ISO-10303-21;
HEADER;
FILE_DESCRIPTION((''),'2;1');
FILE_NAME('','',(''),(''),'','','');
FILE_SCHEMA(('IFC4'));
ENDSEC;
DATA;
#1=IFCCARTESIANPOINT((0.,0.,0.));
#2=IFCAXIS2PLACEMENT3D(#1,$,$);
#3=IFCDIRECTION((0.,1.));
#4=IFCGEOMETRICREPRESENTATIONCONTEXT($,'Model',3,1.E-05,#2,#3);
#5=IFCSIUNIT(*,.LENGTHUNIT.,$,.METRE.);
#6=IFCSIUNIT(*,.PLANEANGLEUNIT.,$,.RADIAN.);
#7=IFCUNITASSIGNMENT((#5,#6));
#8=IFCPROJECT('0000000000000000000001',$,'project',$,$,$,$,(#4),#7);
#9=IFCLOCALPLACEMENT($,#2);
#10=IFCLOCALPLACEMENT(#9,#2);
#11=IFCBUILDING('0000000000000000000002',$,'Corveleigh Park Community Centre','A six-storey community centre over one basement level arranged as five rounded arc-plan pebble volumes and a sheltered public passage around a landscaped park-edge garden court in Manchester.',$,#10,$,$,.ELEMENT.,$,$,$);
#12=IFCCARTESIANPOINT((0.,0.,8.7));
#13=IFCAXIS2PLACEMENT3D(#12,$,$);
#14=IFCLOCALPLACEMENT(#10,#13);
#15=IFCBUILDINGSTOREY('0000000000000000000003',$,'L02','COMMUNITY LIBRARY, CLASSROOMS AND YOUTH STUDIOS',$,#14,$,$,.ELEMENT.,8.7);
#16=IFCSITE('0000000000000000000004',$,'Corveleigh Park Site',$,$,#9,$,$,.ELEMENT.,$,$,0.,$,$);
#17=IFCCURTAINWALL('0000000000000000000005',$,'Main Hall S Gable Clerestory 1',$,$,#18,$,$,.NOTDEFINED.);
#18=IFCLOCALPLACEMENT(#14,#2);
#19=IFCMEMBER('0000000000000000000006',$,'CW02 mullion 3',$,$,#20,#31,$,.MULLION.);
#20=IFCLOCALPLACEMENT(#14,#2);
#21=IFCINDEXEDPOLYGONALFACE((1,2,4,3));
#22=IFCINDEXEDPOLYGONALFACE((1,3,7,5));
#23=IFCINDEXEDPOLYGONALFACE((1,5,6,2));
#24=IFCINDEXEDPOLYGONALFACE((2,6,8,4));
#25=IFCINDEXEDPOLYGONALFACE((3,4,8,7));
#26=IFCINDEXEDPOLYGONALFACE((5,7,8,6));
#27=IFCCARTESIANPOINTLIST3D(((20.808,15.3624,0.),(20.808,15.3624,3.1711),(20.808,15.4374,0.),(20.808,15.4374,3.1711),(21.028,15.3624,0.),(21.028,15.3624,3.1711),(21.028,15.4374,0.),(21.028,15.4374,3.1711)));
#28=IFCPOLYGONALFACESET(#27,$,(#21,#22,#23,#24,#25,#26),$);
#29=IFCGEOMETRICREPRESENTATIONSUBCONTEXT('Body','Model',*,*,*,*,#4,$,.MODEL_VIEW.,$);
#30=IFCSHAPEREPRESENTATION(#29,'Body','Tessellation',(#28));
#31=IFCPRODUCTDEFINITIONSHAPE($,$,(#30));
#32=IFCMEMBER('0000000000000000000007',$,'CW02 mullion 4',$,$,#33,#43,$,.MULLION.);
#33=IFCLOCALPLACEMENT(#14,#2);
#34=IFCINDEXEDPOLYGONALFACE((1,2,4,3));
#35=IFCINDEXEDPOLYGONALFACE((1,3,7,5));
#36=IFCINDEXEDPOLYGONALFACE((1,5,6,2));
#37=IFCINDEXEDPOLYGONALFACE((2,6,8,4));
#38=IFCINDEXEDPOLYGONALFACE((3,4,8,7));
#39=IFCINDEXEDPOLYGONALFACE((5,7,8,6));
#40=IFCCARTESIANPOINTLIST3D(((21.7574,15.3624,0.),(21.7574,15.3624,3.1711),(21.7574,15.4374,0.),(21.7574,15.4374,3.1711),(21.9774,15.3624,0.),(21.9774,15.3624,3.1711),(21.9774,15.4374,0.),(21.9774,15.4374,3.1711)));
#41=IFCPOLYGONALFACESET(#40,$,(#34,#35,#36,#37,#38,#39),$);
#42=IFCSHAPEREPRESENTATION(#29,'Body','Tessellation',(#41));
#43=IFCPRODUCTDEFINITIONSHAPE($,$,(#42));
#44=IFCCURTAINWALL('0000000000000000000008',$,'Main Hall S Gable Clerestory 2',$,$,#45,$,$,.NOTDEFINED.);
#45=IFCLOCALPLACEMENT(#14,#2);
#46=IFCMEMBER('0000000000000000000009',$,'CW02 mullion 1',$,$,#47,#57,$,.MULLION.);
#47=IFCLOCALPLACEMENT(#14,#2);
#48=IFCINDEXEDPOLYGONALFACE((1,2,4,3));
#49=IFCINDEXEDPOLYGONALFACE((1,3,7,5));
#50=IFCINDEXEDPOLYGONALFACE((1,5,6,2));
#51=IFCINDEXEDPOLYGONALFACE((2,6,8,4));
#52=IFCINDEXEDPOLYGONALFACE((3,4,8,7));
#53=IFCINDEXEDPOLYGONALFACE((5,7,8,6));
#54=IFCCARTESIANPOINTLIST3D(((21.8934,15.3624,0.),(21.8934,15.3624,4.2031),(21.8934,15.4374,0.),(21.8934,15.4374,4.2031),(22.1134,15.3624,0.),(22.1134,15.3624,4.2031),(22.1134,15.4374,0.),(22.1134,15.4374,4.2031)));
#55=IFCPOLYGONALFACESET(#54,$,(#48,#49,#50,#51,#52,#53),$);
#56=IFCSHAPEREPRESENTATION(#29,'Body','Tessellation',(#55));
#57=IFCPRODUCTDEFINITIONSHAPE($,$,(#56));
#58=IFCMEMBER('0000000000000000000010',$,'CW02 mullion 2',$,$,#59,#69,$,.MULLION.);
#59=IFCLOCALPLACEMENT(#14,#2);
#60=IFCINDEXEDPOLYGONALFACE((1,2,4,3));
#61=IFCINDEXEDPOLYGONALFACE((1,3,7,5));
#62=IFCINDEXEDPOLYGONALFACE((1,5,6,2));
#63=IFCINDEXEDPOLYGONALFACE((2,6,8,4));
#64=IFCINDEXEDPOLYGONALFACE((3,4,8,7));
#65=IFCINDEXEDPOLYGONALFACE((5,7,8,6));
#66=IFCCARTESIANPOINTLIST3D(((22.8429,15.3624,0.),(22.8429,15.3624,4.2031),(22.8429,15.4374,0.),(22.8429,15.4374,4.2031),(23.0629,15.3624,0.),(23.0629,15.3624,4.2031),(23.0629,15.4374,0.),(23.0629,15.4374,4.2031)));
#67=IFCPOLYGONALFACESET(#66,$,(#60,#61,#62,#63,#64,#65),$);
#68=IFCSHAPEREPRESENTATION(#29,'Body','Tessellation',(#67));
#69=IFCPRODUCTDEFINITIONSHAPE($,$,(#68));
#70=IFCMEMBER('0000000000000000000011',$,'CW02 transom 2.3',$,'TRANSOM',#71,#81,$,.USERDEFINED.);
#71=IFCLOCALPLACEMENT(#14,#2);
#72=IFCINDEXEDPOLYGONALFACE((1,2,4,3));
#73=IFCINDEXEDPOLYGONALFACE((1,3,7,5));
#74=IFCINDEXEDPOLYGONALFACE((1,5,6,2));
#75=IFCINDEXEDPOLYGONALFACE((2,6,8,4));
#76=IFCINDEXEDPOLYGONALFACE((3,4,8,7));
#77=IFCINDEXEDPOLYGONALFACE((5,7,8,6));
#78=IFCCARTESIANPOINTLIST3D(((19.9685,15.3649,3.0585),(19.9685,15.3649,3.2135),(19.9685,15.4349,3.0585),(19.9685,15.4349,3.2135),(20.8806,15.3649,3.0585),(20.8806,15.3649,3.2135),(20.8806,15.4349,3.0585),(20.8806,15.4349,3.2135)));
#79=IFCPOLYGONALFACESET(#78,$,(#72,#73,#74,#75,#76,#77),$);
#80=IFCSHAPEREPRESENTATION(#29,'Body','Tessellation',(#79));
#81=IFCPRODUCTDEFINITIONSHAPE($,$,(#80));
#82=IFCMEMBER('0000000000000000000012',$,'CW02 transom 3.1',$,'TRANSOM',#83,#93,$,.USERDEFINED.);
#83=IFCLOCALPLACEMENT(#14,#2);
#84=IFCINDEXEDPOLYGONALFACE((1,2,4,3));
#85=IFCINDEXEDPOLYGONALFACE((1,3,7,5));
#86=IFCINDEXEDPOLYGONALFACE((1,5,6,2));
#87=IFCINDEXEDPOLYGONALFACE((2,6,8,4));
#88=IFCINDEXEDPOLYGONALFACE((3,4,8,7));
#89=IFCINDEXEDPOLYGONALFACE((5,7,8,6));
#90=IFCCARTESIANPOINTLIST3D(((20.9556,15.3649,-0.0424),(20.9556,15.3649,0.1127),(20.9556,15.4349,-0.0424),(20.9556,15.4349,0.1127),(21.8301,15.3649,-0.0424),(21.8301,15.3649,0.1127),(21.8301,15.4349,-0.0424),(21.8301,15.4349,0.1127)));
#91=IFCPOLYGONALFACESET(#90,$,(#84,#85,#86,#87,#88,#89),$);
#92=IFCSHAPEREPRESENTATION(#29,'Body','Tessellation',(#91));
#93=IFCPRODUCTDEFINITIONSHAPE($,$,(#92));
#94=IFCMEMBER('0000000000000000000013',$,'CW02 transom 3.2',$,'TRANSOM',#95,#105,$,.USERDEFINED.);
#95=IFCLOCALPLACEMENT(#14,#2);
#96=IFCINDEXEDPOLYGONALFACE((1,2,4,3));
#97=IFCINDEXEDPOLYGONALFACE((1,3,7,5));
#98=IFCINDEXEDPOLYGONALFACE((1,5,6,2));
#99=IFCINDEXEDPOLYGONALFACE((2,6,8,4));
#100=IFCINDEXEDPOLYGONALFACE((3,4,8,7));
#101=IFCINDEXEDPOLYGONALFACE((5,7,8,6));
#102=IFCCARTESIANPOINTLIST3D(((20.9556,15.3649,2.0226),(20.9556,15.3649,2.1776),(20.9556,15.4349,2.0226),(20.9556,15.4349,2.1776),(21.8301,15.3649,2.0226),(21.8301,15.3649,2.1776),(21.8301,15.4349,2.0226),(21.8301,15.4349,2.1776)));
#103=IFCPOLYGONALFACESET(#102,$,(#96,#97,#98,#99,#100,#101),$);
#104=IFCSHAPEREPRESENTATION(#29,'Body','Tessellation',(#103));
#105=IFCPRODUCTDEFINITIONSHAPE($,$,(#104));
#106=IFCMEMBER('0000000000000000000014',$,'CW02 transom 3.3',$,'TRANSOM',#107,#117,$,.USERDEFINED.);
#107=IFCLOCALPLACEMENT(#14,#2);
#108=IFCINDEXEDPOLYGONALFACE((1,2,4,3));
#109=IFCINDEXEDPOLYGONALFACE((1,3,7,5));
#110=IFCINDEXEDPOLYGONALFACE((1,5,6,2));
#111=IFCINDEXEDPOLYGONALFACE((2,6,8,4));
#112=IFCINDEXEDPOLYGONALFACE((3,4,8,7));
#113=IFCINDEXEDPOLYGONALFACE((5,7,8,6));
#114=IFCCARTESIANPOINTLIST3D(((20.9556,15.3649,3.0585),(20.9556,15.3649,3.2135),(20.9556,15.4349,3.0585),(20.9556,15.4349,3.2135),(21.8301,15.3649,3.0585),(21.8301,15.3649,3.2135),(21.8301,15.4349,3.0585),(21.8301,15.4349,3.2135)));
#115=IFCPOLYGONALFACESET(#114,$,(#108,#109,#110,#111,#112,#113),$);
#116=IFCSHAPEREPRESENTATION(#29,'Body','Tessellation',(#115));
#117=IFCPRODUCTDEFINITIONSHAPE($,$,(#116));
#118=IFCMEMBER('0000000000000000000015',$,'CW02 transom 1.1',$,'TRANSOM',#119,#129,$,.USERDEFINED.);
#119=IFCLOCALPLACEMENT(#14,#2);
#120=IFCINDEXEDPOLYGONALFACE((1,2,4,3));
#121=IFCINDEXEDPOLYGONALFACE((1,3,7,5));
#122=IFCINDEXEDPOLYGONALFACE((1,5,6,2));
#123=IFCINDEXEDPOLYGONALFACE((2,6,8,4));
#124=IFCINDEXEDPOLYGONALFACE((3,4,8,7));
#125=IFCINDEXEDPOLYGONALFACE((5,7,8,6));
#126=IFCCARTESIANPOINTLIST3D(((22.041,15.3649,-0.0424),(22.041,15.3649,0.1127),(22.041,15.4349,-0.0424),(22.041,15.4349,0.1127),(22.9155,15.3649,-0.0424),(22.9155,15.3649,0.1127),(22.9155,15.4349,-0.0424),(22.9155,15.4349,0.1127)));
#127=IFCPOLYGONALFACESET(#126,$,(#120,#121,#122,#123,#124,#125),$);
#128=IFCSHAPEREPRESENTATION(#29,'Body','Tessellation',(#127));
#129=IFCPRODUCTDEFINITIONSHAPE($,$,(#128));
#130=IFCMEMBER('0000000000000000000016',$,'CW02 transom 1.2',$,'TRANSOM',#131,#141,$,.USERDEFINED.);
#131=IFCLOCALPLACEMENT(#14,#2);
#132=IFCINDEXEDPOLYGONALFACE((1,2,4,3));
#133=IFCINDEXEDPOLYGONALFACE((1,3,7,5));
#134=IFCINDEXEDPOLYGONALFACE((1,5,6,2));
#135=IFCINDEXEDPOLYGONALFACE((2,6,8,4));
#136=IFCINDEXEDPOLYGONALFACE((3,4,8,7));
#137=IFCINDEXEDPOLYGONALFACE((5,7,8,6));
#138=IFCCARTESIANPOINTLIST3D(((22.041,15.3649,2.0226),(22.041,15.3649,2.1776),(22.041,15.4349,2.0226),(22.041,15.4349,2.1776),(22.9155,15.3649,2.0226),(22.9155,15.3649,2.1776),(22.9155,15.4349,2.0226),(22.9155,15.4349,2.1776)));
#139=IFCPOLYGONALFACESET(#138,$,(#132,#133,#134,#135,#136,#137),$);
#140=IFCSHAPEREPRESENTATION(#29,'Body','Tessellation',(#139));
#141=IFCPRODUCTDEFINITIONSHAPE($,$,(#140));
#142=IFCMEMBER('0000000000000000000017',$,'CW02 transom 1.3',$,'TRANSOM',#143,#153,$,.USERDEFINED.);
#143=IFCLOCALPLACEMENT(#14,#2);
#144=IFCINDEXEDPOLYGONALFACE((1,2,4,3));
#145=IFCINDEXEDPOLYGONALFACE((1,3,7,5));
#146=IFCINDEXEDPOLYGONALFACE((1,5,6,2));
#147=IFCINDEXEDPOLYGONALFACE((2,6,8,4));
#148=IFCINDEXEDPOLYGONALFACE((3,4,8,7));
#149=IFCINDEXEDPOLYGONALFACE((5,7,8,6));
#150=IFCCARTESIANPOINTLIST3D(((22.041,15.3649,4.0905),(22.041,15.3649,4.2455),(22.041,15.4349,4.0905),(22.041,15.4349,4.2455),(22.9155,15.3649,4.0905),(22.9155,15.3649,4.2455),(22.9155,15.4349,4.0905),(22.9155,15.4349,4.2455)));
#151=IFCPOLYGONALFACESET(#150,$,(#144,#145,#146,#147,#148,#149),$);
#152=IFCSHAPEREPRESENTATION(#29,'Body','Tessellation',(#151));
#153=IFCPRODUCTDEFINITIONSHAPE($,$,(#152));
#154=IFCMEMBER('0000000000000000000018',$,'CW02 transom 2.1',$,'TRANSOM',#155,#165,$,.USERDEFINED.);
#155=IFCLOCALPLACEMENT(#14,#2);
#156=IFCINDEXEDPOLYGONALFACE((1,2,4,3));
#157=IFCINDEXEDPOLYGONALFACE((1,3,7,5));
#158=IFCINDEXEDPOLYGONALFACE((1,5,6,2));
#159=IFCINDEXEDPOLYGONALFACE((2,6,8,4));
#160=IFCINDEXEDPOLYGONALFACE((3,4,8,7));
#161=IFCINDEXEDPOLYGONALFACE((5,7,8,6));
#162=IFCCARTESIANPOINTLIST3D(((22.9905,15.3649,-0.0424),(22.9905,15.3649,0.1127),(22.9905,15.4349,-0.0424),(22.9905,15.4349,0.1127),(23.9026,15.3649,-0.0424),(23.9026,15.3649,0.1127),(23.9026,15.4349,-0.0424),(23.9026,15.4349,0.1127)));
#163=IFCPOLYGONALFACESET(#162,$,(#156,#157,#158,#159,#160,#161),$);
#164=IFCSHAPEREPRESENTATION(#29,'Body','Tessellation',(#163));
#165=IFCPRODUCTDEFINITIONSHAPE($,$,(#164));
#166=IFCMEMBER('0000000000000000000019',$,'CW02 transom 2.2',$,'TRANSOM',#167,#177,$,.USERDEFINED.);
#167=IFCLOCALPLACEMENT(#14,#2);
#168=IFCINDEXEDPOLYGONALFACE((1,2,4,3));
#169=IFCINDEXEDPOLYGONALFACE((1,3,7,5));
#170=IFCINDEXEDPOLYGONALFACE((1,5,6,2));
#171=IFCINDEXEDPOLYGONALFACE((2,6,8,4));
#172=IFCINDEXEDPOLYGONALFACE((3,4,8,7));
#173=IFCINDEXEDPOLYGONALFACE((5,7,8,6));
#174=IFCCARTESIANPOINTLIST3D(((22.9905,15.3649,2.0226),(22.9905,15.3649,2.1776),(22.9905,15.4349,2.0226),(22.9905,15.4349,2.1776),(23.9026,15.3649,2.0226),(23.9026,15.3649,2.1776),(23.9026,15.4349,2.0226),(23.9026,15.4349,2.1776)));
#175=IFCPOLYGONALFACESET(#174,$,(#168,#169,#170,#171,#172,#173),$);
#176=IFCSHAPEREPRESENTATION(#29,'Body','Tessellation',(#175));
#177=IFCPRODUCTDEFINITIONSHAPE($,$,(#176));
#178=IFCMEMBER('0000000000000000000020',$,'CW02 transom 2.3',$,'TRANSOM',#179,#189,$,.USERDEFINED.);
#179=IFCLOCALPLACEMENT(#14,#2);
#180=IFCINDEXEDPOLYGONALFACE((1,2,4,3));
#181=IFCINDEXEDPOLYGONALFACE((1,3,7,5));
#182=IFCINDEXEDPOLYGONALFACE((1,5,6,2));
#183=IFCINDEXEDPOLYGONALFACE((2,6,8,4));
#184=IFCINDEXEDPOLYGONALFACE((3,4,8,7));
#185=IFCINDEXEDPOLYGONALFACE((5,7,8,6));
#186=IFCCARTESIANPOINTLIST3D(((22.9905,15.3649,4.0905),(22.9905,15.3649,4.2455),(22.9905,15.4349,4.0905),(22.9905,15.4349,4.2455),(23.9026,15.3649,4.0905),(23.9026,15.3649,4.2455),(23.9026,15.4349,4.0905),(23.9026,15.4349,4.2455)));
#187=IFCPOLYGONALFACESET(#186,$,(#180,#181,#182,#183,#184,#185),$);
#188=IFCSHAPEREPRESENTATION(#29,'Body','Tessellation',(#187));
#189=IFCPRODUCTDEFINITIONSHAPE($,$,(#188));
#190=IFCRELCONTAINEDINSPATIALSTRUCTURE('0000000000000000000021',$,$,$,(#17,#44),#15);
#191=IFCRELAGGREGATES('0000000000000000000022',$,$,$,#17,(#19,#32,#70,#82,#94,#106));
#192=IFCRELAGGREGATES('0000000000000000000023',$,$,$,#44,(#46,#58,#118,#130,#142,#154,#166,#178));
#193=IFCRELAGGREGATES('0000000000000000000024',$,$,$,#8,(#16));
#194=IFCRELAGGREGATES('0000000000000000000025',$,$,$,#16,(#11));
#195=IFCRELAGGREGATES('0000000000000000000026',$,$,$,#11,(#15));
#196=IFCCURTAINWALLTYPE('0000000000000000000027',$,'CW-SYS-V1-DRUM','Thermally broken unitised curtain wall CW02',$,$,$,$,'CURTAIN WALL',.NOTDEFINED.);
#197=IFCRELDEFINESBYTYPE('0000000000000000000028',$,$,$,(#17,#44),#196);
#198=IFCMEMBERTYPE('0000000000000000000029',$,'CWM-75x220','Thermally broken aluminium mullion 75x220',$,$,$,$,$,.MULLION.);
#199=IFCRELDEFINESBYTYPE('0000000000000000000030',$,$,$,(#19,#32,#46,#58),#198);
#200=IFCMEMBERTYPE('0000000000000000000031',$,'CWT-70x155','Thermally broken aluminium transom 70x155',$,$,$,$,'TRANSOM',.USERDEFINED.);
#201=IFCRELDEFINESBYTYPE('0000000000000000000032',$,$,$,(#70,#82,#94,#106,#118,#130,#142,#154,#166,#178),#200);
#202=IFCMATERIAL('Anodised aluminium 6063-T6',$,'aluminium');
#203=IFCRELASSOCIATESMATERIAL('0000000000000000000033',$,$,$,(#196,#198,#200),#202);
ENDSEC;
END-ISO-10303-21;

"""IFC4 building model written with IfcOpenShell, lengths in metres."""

from ifc_helpers import new_model, si_unit, direction, frame, origin, origin_2d, place, context, subcontext, project, spatial, rectangle, extrude, material, material_profile, profile_set, type_object, element, aggregate, save


model = new_model("IFC4")

# Units and contexts
model_context = context("Model", 3, precision=1e-05, world=origin(), true_north=direction((0.0, 1.0)))
body_context = subcontext(model_context, "Body", "Model", "MODEL_VIEW")
ifc_project = project(units=[si_unit("LENGTHUNIT", "METRE"), si_unit("PLANEANGLEUNIT", "RADIAN")], contexts=[model_context])

# Site, building, storey
site_placement = place(None, origin())
site = spatial("IfcSite", under=ifc_project, at=site_placement, Name="Corveleigh Park Site", CompositionType="ELEMENT", RefElevation=0.0)
building_placement = place(site_placement, origin())
building = spatial("IfcBuilding", under=site, at=building_placement, Name="Corveleigh Park Community Centre", Description="A six-storey community centre over one basement level arranged as five rounded arc-plan pebble volumes and a sheltered public passage around a landscaped park-edge garden court in Manchester.", CompositionType="ELEMENT")
storey_placement = place(building_placement, frame((0.0, 0.0, 8.7)))
storey = spatial("IfcBuildingStorey", under=building, at=storey_placement, Name="L02", Description="COMMUNITY LIBRARY, CLASSROOMS AND YOUTH STUDIOS", CompositionType="ELEMENT", Elevation=8.7)

# Curtain walls, members
ifc_material_1 = material(Name="Anodised aluminium 6063-T6", Category="aluminium")
curtain_wall_type = type_object("IfcCurtainWallType", Name="CW-SYS-V1-DRUM", Description="Thermally broken unitised curtain wall CW02", ElementType="CURTAIN WALL", PredefinedType="NOTDEFINED", material=ifc_material_1)
curtain_wall_1_placement = place(storey_placement, origin())
curtain_wall_1 = element("IfcCurtainWall", 1, at=curtain_wall_1_placement, inside=storey, type_object=curtain_wall_type, Name="Main Hall S Gable Clerestory 1", PredefinedType="NOTDEFINED")
ifc_material_profile_1 = material_profile(ifc_material_1, rectangle(XDim=0.075, YDim=0.22, at=origin_2d()), Name="ALU-M75x220", Category="aluminium")
ifc_profile_set_1 = profile_set([ifc_material_profile_1], Name="Anodised aluminium 6063-T6")
member_type_1 = type_object("IfcMemberType", Name="CWM-75x220", Description="Thermally broken aluminium mullion 75x220", PredefinedType="MULLION", material=ifc_profile_set_1)
member_1_placement = place(storey_placement, frame((20.918, 15.3999, 0.0), z_axis=(0.0, 0.0, 1.0), x_axis=(0.0, 1.0, 0.0)))
member_1 = element("IfcMember", 2, at=member_1_placement, type_object=member_type_1, Name="CW02 mullion 3", PredefinedType="MULLION", context=body_context, shape_type="SweptSolid", body=[
    extrude(rectangle(XDim=0.075, YDim=0.22, at=origin_2d()), origin(), (0.0, 0.0, 1.0), 3.1711),
])
member_2_placement = place(storey_placement, frame((21.8674, 15.3999, 0.0), z_axis=(0.0, 0.0, 1.0), x_axis=(0.0, 1.0, 0.0)))
member_2 = element("IfcMember", 3, at=member_2_placement, type_object=member_type_1, Name="CW02 mullion 4", PredefinedType="MULLION", context=body_context, shape_type="SweptSolid", body=[
    extrude(rectangle(XDim=0.075, YDim=0.22, at=origin_2d()), origin(), (0.0, 0.0, 1.0), 3.1711),
])
curtain_wall_2_placement = place(storey_placement, origin())
curtain_wall_2 = element("IfcCurtainWall", 4, at=curtain_wall_2_placement, inside=storey, type_object=curtain_wall_type, Name="Main Hall S Gable Clerestory 2", PredefinedType="NOTDEFINED")
member_3_placement = place(storey_placement, frame((22.0034, 15.3999, 0.0), z_axis=(0.0, 0.0, 1.0), x_axis=(0.0, 1.0, 0.0)))
member_3 = element("IfcMember", 5, at=member_3_placement, type_object=member_type_1, Name="CW02 mullion 1", PredefinedType="MULLION", context=body_context, shape_type="SweptSolid", body=[
    extrude(rectangle(XDim=0.075, YDim=0.22, at=origin_2d()), origin(), (0.0, 0.0, 1.0), 4.2031),
])
member_4_placement = place(storey_placement, frame((22.9529, 15.3999, 0.0), z_axis=(0.0, 0.0, 1.0), x_axis=(0.0, 1.0, 0.0)))
member_4 = element("IfcMember", 6, at=member_4_placement, type_object=member_type_1, Name="CW02 mullion 2", PredefinedType="MULLION", context=body_context, shape_type="SweptSolid", body=[
    extrude(rectangle(XDim=0.075, YDim=0.22, at=origin_2d()), origin(), (0.0, 0.0, 1.0), 4.2031),
])

# Members
ifc_material_profile_2 = material_profile(ifc_material_1, rectangle(XDim=0.0701, YDim=0.155, at=origin_2d()), Name="ALU-T70x155", Category="aluminium")
ifc_profile_set_2 = profile_set([ifc_material_profile_2], Name="Anodised aluminium 6063-T6")
member_type_2 = type_object("IfcMemberType", Name="CWT-70x155", Description="Thermally broken aluminium transom 70x155", ElementType="TRANSOM", PredefinedType="USERDEFINED", material=ifc_profile_set_2)
member_5_placement = place(storey_placement, frame((19.9685, 15.3999, 3.136), z_axis=(1.0, 0.0, 0.0), x_axis=(0.0, 1.0, 0.0)))
member_5 = element("IfcMember", 7, at=member_5_placement, type_object=member_type_2, Name="CW02 transom 2.3", ObjectType="TRANSOM", PredefinedType="USERDEFINED", context=body_context, shape_type="SweptSolid", body=[
    extrude(rectangle(XDim=0.0701, YDim=0.155, at=origin_2d()), origin(), (0.0, 0.0, 1.0), 0.9121),
])
member_6_placement = place(storey_placement, frame((20.9556, 15.3999, 0.0352), z_axis=(1.0, 0.0, 0.0), x_axis=(0.0, 1.0, 0.0)))
member_6 = element("IfcMember", 8, at=member_6_placement, type_object=member_type_2, Name="CW02 transom 3.1", ObjectType="TRANSOM", PredefinedType="USERDEFINED", context=body_context, shape_type="SweptSolid", body=[
    extrude(rectangle(XDim=0.0701, YDim=0.155, at=origin_2d()), origin(), (0.0, 0.0, 1.0), 0.8745),
])
member_7_placement = place(storey_placement, frame((20.9556, 15.3999, 2.1001), z_axis=(1.0, 0.0, 0.0), x_axis=(0.0, 1.0, 0.0)))
member_7 = element("IfcMember", 9, at=member_7_placement, type_object=member_type_2, Name="CW02 transom 3.2", ObjectType="TRANSOM", PredefinedType="USERDEFINED", context=body_context, shape_type="SweptSolid", body=[
    extrude(rectangle(XDim=0.0701, YDim=0.155, at=origin_2d()), origin(), (0.0, 0.0, 1.0), 0.8745),
])
member_8_placement = place(storey_placement, frame((20.9556, 15.3999, 3.136), z_axis=(1.0, 0.0, 0.0), x_axis=(0.0, 1.0, 0.0)))
member_8 = element("IfcMember", 10, at=member_8_placement, type_object=member_type_2, Name="CW02 transom 3.3", ObjectType="TRANSOM", PredefinedType="USERDEFINED", context=body_context, shape_type="SweptSolid", body=[
    extrude(rectangle(XDim=0.0701, YDim=0.155, at=origin_2d()), origin(), (0.0, 0.0, 1.0), 0.8745),
])
member_9_placement = place(storey_placement, frame((22.041, 15.3999, 0.0352), z_axis=(1.0, 0.0, 0.0), x_axis=(0.0, 1.0, 0.0)))
member_9 = element("IfcMember", 11, at=member_9_placement, type_object=member_type_2, Name="CW02 transom 1.1", ObjectType="TRANSOM", PredefinedType="USERDEFINED", context=body_context, shape_type="SweptSolid", body=[
    extrude(rectangle(XDim=0.0701, YDim=0.155, at=origin_2d()), origin(), (0.0, 0.0, 1.0), 0.8745),
])
member_10_placement = place(storey_placement, frame((22.041, 15.3999, 2.1001), z_axis=(1.0, 0.0, 0.0), x_axis=(0.0, 1.0, 0.0)))
member_10 = element("IfcMember", 12, at=member_10_placement, type_object=member_type_2, Name="CW02 transom 1.2", ObjectType="TRANSOM", PredefinedType="USERDEFINED", context=body_context, shape_type="SweptSolid", body=[
    extrude(rectangle(XDim=0.0701, YDim=0.155, at=origin_2d()), origin(), (0.0, 0.0, 1.0), 0.8745),
])
member_11_placement = place(storey_placement, frame((22.041, 15.3999, 4.168), z_axis=(1.0, 0.0, 0.0), x_axis=(0.0, 1.0, 0.0)))
member_11 = element("IfcMember", 13, at=member_11_placement, type_object=member_type_2, Name="CW02 transom 1.3", ObjectType="TRANSOM", PredefinedType="USERDEFINED", context=body_context, shape_type="SweptSolid", body=[
    extrude(rectangle(XDim=0.0701, YDim=0.155, at=origin_2d()), origin(), (0.0, 0.0, 1.0), 0.8745),
])
member_12_placement = place(storey_placement, frame((22.9905, 15.3999, 0.0352), z_axis=(1.0, 0.0, 0.0), x_axis=(0.0, 1.0, 0.0)))
member_12 = element("IfcMember", 14, at=member_12_placement, type_object=member_type_2, Name="CW02 transom 2.1", ObjectType="TRANSOM", PredefinedType="USERDEFINED", context=body_context, shape_type="SweptSolid", body=[
    extrude(rectangle(XDim=0.0701, YDim=0.155, at=origin_2d()), origin(), (0.0, 0.0, 1.0), 0.9121),
])
member_13_placement = place(storey_placement, frame((22.9905, 15.3999, 2.1001), z_axis=(1.0, 0.0, 0.0), x_axis=(0.0, 1.0, 0.0)))
member_13 = element("IfcMember", 15, at=member_13_placement, type_object=member_type_2, Name="CW02 transom 2.2", ObjectType="TRANSOM", PredefinedType="USERDEFINED", context=body_context, shape_type="SweptSolid", body=[
    extrude(rectangle(XDim=0.0701, YDim=0.155, at=origin_2d()), origin(), (0.0, 0.0, 1.0), 0.9121),
])
member_14_placement = place(storey_placement, frame((22.9905, 15.3999, 4.168), z_axis=(1.0, 0.0, 0.0), x_axis=(0.0, 1.0, 0.0)))
member_14 = element("IfcMember", 16, at=member_14_placement, type_object=member_type_2, Name="CW02 transom 2.3", ObjectType="TRANSOM", PredefinedType="USERDEFINED", context=body_context, shape_type="SweptSolid", body=[
    extrude(rectangle(XDim=0.0701, YDim=0.155, at=origin_2d()), origin(), (0.0, 0.0, 1.0), 0.9121),
])

aggregate(curtain_wall_1, [member_1, member_2, member_5, member_6, member_7, member_8])
aggregate(curtain_wall_2, [member_3, member_4, member_9, member_10, member_11, member_12, member_13, member_14])

save(model, "model.ifc")
